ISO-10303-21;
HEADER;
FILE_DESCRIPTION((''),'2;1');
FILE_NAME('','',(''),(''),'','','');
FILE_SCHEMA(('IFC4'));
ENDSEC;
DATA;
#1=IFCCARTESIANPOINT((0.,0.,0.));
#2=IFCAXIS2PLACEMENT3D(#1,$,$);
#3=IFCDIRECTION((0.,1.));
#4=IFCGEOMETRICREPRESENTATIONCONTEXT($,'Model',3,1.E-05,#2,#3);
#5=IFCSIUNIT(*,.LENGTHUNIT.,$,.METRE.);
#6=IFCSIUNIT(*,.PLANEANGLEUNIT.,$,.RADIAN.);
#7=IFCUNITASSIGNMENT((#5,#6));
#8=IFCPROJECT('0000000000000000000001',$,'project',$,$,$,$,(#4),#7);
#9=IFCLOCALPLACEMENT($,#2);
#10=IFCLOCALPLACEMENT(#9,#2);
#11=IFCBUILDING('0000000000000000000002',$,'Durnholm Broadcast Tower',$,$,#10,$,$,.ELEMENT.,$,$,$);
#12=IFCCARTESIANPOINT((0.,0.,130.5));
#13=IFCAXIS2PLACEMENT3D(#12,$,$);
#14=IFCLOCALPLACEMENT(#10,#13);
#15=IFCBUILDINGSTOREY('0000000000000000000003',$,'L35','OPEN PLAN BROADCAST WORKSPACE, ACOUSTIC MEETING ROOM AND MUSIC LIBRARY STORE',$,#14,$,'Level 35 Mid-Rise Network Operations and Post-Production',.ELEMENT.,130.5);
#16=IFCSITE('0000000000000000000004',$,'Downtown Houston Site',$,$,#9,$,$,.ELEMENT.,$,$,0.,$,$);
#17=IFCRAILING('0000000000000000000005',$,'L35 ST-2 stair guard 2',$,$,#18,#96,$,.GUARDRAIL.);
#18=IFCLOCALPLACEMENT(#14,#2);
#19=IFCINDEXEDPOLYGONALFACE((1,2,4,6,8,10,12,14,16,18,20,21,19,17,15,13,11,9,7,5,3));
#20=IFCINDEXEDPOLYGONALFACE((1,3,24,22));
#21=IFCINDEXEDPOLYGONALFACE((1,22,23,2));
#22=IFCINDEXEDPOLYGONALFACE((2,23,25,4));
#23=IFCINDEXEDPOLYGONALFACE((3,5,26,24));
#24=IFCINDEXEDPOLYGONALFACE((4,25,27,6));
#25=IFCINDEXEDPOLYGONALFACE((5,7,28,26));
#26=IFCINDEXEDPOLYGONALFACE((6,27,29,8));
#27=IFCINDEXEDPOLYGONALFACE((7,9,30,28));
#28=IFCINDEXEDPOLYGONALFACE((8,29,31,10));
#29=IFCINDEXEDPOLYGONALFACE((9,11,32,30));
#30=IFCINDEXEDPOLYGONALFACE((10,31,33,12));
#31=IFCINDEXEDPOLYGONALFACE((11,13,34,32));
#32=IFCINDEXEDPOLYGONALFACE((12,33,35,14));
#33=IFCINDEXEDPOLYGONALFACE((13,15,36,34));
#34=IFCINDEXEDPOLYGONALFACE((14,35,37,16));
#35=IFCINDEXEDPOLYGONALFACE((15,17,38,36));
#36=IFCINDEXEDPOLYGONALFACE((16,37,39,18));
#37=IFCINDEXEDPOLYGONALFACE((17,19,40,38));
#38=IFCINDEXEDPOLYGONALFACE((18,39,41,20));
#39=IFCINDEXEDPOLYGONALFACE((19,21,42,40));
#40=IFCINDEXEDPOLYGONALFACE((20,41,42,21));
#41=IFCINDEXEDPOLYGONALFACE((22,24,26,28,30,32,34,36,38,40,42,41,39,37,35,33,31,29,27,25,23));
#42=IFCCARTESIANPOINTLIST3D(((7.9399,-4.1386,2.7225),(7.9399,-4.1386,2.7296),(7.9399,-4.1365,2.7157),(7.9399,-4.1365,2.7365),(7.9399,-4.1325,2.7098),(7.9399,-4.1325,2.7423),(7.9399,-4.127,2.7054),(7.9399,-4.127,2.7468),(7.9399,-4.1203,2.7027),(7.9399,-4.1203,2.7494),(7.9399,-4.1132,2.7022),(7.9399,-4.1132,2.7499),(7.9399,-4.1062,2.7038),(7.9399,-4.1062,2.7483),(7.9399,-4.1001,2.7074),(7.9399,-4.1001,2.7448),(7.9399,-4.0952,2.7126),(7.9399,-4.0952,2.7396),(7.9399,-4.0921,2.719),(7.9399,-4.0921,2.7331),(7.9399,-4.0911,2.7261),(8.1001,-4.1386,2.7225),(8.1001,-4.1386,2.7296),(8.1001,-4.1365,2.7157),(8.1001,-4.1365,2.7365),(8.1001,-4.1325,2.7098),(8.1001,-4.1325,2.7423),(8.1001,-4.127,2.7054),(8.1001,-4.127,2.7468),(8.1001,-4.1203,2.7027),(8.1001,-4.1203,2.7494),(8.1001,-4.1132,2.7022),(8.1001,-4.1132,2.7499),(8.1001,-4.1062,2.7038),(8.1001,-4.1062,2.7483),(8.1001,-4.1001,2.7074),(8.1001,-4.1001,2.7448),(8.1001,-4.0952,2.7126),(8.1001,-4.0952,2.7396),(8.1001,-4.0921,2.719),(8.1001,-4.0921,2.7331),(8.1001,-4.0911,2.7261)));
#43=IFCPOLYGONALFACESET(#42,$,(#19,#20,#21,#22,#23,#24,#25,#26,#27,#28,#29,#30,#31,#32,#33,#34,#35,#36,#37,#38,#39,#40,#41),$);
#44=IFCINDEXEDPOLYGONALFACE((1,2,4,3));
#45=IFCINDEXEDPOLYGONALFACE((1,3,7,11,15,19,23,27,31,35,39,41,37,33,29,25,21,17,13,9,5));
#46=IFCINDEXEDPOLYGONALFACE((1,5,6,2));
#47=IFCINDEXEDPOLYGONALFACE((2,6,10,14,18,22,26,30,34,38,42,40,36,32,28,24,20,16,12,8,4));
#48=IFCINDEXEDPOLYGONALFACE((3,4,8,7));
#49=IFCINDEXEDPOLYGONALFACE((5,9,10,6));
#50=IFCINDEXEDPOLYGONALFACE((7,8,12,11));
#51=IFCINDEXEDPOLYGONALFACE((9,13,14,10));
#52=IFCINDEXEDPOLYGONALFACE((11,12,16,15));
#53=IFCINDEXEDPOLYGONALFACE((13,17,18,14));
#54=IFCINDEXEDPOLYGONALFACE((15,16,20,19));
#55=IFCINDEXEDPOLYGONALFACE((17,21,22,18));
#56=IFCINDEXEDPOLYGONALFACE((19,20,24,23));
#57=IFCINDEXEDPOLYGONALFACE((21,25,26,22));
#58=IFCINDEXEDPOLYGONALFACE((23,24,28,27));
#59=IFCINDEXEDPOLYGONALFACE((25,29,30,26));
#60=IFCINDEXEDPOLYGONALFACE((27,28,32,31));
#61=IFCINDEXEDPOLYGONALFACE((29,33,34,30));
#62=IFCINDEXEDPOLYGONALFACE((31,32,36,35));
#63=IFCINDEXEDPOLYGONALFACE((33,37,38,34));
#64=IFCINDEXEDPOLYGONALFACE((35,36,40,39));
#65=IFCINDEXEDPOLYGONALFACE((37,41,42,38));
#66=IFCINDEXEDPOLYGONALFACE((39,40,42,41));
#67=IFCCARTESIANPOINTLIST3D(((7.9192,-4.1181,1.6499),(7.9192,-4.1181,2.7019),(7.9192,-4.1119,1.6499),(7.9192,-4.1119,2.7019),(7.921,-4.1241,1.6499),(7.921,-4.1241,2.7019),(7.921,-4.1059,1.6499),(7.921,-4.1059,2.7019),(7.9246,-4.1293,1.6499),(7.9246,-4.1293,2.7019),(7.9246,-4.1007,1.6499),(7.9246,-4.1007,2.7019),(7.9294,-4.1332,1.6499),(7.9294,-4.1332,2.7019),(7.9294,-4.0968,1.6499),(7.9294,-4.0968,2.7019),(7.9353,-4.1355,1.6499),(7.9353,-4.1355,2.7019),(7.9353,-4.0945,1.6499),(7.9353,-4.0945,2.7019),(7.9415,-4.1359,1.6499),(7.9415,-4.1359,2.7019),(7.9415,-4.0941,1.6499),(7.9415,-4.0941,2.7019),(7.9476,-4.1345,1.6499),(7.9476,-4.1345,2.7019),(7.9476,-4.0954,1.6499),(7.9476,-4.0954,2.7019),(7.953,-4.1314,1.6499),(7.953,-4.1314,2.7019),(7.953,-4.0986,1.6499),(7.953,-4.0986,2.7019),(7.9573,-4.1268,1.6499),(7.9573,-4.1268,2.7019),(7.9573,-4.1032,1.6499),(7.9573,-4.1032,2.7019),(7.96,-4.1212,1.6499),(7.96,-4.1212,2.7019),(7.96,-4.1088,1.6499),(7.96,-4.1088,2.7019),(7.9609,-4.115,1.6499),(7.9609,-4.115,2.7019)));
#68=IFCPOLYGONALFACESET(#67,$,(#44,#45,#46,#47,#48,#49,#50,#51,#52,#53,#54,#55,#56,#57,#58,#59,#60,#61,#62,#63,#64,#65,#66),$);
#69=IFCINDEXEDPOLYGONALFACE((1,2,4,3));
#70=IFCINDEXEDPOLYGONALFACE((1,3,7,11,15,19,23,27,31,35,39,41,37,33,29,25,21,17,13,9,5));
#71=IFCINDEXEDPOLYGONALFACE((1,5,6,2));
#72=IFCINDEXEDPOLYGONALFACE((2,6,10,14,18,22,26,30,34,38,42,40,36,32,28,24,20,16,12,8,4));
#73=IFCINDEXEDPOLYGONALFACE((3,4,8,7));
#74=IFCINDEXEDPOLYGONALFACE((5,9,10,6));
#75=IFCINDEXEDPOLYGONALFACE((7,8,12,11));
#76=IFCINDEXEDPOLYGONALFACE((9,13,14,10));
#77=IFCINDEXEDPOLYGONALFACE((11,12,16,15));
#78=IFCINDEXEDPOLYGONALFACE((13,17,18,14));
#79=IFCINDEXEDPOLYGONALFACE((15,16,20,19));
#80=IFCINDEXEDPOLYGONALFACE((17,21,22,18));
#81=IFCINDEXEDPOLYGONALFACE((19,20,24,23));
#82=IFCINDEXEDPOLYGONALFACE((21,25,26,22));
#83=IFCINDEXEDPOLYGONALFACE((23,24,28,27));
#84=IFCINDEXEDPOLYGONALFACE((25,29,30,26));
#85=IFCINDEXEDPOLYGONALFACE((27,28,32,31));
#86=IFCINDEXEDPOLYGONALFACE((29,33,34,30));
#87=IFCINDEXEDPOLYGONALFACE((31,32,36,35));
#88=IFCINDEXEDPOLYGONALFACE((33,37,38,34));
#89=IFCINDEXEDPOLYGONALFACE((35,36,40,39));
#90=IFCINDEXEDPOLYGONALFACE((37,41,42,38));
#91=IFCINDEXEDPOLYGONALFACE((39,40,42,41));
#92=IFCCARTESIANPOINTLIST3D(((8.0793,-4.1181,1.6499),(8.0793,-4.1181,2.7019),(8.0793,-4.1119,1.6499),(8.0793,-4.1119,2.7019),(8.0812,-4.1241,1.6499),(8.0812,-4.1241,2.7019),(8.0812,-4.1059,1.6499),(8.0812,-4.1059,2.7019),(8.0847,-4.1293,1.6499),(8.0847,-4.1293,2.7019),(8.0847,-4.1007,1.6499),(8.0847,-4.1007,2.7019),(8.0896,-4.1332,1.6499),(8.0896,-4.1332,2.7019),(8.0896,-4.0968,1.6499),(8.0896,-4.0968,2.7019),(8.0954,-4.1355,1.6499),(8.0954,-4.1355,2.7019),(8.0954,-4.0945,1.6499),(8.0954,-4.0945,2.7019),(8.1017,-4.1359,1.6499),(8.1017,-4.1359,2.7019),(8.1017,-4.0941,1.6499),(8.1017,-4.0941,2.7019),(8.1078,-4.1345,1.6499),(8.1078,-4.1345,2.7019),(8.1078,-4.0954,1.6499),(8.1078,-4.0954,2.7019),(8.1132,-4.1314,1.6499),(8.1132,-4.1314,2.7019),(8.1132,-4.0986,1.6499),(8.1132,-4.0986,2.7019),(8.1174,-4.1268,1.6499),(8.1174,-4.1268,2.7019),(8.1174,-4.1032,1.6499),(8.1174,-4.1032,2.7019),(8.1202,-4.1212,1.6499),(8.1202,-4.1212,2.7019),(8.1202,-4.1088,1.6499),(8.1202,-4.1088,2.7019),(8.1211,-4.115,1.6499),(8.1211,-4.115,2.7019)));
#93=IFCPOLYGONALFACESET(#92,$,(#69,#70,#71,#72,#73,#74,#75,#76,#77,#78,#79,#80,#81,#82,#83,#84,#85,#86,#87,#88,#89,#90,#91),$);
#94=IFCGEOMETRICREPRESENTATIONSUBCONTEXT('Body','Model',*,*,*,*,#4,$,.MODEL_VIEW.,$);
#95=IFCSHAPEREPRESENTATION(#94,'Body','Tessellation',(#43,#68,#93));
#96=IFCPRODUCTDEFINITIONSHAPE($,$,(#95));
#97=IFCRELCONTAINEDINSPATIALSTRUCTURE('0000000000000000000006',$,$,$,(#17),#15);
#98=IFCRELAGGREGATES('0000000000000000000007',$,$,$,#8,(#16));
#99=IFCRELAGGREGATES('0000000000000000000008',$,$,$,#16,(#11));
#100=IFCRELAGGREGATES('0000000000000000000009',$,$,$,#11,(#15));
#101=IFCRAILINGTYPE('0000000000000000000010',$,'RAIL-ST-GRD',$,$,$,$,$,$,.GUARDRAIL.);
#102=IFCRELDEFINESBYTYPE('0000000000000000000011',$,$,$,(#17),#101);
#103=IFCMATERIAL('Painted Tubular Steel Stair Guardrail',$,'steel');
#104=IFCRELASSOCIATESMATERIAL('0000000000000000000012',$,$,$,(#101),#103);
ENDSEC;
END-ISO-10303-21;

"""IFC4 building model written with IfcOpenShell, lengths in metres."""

from ifc_helpers import new_model, si_unit, direction, frame, origin, origin_2d, place, context, subcontext, project, spatial, circle, extrude, material, type_object, element, save


model = new_model("IFC4")

# Units and contexts
model_context = context("Model", 3, precision=1e-05, world=origin(), true_north=direction((0.0, 1.0)))
body_context = subcontext(model_context, "Body", "Model", "MODEL_VIEW")
ifc_project = project(units=[si_unit("LENGTHUNIT", "METRE"), si_unit("PLANEANGLEUNIT", "RADIAN")], contexts=[model_context])

# Site, building, storey
site_placement = place(None, origin())
site = spatial("IfcSite", under=ifc_project, at=site_placement, Name="Downtown Houston Site", CompositionType="ELEMENT", RefElevation=0.0)
building_placement = place(site_placement, origin())
building = spatial("IfcBuilding", under=site, at=building_placement, Name="Durnholm Broadcast Tower", CompositionType="ELEMENT")
storey_placement = place(building_placement, frame((0.0, 0.0, 130.5)))
storey = spatial("IfcBuildingStorey", under=building, at=storey_placement, Name="L35", Description="OPEN PLAN BROADCAST WORKSPACE, ACOUSTIC MEETING ROOM AND MUSIC LIBRARY STORE", LongName="Level 35 Mid-Rise Network Operations and Post-Production", CompositionType="ELEMENT", Elevation=130.5)

# Railing
ifc_material_1 = material(Name="Painted Tubular Steel Stair Guardrail", Category="steel")
railing_type_1 = type_object("IfcRailingType", Name="RAIL-ST-GRD", PredefinedType="GUARDRAIL", material=ifc_material_1)
railing_1_placement = place(storey_placement, frame((7.9399, -4.115, 1.6499)))
element("IfcRailing", 1, at=railing_1_placement, inside=storey, type_object=railing_type_1, Name="L35 ST-2 stair guard 2", PredefinedType="GUARDRAIL", context=body_context, shape_type="SweptSolid", body=[
    extrude(circle(Radius=0.0239, at=origin_2d()), frame((0.0, 0.0, 1.0762), z_axis=(1.0, 0.0, 0.0), x_axis=(0.0, 1.0, 0.0)), (0.0, 0.0, 1.0), 0.1602),
    extrude(circle(Radius=0.021, at=origin_2d()), origin(), (0.0, 0.0, 1.0), 1.052),
    extrude(circle(Radius=0.021, at=origin_2d()), frame((0.1602, 0.0, 0.0)), (0.0, 0.0, 1.0), 1.052),
])

save(model, "model.ifc")
